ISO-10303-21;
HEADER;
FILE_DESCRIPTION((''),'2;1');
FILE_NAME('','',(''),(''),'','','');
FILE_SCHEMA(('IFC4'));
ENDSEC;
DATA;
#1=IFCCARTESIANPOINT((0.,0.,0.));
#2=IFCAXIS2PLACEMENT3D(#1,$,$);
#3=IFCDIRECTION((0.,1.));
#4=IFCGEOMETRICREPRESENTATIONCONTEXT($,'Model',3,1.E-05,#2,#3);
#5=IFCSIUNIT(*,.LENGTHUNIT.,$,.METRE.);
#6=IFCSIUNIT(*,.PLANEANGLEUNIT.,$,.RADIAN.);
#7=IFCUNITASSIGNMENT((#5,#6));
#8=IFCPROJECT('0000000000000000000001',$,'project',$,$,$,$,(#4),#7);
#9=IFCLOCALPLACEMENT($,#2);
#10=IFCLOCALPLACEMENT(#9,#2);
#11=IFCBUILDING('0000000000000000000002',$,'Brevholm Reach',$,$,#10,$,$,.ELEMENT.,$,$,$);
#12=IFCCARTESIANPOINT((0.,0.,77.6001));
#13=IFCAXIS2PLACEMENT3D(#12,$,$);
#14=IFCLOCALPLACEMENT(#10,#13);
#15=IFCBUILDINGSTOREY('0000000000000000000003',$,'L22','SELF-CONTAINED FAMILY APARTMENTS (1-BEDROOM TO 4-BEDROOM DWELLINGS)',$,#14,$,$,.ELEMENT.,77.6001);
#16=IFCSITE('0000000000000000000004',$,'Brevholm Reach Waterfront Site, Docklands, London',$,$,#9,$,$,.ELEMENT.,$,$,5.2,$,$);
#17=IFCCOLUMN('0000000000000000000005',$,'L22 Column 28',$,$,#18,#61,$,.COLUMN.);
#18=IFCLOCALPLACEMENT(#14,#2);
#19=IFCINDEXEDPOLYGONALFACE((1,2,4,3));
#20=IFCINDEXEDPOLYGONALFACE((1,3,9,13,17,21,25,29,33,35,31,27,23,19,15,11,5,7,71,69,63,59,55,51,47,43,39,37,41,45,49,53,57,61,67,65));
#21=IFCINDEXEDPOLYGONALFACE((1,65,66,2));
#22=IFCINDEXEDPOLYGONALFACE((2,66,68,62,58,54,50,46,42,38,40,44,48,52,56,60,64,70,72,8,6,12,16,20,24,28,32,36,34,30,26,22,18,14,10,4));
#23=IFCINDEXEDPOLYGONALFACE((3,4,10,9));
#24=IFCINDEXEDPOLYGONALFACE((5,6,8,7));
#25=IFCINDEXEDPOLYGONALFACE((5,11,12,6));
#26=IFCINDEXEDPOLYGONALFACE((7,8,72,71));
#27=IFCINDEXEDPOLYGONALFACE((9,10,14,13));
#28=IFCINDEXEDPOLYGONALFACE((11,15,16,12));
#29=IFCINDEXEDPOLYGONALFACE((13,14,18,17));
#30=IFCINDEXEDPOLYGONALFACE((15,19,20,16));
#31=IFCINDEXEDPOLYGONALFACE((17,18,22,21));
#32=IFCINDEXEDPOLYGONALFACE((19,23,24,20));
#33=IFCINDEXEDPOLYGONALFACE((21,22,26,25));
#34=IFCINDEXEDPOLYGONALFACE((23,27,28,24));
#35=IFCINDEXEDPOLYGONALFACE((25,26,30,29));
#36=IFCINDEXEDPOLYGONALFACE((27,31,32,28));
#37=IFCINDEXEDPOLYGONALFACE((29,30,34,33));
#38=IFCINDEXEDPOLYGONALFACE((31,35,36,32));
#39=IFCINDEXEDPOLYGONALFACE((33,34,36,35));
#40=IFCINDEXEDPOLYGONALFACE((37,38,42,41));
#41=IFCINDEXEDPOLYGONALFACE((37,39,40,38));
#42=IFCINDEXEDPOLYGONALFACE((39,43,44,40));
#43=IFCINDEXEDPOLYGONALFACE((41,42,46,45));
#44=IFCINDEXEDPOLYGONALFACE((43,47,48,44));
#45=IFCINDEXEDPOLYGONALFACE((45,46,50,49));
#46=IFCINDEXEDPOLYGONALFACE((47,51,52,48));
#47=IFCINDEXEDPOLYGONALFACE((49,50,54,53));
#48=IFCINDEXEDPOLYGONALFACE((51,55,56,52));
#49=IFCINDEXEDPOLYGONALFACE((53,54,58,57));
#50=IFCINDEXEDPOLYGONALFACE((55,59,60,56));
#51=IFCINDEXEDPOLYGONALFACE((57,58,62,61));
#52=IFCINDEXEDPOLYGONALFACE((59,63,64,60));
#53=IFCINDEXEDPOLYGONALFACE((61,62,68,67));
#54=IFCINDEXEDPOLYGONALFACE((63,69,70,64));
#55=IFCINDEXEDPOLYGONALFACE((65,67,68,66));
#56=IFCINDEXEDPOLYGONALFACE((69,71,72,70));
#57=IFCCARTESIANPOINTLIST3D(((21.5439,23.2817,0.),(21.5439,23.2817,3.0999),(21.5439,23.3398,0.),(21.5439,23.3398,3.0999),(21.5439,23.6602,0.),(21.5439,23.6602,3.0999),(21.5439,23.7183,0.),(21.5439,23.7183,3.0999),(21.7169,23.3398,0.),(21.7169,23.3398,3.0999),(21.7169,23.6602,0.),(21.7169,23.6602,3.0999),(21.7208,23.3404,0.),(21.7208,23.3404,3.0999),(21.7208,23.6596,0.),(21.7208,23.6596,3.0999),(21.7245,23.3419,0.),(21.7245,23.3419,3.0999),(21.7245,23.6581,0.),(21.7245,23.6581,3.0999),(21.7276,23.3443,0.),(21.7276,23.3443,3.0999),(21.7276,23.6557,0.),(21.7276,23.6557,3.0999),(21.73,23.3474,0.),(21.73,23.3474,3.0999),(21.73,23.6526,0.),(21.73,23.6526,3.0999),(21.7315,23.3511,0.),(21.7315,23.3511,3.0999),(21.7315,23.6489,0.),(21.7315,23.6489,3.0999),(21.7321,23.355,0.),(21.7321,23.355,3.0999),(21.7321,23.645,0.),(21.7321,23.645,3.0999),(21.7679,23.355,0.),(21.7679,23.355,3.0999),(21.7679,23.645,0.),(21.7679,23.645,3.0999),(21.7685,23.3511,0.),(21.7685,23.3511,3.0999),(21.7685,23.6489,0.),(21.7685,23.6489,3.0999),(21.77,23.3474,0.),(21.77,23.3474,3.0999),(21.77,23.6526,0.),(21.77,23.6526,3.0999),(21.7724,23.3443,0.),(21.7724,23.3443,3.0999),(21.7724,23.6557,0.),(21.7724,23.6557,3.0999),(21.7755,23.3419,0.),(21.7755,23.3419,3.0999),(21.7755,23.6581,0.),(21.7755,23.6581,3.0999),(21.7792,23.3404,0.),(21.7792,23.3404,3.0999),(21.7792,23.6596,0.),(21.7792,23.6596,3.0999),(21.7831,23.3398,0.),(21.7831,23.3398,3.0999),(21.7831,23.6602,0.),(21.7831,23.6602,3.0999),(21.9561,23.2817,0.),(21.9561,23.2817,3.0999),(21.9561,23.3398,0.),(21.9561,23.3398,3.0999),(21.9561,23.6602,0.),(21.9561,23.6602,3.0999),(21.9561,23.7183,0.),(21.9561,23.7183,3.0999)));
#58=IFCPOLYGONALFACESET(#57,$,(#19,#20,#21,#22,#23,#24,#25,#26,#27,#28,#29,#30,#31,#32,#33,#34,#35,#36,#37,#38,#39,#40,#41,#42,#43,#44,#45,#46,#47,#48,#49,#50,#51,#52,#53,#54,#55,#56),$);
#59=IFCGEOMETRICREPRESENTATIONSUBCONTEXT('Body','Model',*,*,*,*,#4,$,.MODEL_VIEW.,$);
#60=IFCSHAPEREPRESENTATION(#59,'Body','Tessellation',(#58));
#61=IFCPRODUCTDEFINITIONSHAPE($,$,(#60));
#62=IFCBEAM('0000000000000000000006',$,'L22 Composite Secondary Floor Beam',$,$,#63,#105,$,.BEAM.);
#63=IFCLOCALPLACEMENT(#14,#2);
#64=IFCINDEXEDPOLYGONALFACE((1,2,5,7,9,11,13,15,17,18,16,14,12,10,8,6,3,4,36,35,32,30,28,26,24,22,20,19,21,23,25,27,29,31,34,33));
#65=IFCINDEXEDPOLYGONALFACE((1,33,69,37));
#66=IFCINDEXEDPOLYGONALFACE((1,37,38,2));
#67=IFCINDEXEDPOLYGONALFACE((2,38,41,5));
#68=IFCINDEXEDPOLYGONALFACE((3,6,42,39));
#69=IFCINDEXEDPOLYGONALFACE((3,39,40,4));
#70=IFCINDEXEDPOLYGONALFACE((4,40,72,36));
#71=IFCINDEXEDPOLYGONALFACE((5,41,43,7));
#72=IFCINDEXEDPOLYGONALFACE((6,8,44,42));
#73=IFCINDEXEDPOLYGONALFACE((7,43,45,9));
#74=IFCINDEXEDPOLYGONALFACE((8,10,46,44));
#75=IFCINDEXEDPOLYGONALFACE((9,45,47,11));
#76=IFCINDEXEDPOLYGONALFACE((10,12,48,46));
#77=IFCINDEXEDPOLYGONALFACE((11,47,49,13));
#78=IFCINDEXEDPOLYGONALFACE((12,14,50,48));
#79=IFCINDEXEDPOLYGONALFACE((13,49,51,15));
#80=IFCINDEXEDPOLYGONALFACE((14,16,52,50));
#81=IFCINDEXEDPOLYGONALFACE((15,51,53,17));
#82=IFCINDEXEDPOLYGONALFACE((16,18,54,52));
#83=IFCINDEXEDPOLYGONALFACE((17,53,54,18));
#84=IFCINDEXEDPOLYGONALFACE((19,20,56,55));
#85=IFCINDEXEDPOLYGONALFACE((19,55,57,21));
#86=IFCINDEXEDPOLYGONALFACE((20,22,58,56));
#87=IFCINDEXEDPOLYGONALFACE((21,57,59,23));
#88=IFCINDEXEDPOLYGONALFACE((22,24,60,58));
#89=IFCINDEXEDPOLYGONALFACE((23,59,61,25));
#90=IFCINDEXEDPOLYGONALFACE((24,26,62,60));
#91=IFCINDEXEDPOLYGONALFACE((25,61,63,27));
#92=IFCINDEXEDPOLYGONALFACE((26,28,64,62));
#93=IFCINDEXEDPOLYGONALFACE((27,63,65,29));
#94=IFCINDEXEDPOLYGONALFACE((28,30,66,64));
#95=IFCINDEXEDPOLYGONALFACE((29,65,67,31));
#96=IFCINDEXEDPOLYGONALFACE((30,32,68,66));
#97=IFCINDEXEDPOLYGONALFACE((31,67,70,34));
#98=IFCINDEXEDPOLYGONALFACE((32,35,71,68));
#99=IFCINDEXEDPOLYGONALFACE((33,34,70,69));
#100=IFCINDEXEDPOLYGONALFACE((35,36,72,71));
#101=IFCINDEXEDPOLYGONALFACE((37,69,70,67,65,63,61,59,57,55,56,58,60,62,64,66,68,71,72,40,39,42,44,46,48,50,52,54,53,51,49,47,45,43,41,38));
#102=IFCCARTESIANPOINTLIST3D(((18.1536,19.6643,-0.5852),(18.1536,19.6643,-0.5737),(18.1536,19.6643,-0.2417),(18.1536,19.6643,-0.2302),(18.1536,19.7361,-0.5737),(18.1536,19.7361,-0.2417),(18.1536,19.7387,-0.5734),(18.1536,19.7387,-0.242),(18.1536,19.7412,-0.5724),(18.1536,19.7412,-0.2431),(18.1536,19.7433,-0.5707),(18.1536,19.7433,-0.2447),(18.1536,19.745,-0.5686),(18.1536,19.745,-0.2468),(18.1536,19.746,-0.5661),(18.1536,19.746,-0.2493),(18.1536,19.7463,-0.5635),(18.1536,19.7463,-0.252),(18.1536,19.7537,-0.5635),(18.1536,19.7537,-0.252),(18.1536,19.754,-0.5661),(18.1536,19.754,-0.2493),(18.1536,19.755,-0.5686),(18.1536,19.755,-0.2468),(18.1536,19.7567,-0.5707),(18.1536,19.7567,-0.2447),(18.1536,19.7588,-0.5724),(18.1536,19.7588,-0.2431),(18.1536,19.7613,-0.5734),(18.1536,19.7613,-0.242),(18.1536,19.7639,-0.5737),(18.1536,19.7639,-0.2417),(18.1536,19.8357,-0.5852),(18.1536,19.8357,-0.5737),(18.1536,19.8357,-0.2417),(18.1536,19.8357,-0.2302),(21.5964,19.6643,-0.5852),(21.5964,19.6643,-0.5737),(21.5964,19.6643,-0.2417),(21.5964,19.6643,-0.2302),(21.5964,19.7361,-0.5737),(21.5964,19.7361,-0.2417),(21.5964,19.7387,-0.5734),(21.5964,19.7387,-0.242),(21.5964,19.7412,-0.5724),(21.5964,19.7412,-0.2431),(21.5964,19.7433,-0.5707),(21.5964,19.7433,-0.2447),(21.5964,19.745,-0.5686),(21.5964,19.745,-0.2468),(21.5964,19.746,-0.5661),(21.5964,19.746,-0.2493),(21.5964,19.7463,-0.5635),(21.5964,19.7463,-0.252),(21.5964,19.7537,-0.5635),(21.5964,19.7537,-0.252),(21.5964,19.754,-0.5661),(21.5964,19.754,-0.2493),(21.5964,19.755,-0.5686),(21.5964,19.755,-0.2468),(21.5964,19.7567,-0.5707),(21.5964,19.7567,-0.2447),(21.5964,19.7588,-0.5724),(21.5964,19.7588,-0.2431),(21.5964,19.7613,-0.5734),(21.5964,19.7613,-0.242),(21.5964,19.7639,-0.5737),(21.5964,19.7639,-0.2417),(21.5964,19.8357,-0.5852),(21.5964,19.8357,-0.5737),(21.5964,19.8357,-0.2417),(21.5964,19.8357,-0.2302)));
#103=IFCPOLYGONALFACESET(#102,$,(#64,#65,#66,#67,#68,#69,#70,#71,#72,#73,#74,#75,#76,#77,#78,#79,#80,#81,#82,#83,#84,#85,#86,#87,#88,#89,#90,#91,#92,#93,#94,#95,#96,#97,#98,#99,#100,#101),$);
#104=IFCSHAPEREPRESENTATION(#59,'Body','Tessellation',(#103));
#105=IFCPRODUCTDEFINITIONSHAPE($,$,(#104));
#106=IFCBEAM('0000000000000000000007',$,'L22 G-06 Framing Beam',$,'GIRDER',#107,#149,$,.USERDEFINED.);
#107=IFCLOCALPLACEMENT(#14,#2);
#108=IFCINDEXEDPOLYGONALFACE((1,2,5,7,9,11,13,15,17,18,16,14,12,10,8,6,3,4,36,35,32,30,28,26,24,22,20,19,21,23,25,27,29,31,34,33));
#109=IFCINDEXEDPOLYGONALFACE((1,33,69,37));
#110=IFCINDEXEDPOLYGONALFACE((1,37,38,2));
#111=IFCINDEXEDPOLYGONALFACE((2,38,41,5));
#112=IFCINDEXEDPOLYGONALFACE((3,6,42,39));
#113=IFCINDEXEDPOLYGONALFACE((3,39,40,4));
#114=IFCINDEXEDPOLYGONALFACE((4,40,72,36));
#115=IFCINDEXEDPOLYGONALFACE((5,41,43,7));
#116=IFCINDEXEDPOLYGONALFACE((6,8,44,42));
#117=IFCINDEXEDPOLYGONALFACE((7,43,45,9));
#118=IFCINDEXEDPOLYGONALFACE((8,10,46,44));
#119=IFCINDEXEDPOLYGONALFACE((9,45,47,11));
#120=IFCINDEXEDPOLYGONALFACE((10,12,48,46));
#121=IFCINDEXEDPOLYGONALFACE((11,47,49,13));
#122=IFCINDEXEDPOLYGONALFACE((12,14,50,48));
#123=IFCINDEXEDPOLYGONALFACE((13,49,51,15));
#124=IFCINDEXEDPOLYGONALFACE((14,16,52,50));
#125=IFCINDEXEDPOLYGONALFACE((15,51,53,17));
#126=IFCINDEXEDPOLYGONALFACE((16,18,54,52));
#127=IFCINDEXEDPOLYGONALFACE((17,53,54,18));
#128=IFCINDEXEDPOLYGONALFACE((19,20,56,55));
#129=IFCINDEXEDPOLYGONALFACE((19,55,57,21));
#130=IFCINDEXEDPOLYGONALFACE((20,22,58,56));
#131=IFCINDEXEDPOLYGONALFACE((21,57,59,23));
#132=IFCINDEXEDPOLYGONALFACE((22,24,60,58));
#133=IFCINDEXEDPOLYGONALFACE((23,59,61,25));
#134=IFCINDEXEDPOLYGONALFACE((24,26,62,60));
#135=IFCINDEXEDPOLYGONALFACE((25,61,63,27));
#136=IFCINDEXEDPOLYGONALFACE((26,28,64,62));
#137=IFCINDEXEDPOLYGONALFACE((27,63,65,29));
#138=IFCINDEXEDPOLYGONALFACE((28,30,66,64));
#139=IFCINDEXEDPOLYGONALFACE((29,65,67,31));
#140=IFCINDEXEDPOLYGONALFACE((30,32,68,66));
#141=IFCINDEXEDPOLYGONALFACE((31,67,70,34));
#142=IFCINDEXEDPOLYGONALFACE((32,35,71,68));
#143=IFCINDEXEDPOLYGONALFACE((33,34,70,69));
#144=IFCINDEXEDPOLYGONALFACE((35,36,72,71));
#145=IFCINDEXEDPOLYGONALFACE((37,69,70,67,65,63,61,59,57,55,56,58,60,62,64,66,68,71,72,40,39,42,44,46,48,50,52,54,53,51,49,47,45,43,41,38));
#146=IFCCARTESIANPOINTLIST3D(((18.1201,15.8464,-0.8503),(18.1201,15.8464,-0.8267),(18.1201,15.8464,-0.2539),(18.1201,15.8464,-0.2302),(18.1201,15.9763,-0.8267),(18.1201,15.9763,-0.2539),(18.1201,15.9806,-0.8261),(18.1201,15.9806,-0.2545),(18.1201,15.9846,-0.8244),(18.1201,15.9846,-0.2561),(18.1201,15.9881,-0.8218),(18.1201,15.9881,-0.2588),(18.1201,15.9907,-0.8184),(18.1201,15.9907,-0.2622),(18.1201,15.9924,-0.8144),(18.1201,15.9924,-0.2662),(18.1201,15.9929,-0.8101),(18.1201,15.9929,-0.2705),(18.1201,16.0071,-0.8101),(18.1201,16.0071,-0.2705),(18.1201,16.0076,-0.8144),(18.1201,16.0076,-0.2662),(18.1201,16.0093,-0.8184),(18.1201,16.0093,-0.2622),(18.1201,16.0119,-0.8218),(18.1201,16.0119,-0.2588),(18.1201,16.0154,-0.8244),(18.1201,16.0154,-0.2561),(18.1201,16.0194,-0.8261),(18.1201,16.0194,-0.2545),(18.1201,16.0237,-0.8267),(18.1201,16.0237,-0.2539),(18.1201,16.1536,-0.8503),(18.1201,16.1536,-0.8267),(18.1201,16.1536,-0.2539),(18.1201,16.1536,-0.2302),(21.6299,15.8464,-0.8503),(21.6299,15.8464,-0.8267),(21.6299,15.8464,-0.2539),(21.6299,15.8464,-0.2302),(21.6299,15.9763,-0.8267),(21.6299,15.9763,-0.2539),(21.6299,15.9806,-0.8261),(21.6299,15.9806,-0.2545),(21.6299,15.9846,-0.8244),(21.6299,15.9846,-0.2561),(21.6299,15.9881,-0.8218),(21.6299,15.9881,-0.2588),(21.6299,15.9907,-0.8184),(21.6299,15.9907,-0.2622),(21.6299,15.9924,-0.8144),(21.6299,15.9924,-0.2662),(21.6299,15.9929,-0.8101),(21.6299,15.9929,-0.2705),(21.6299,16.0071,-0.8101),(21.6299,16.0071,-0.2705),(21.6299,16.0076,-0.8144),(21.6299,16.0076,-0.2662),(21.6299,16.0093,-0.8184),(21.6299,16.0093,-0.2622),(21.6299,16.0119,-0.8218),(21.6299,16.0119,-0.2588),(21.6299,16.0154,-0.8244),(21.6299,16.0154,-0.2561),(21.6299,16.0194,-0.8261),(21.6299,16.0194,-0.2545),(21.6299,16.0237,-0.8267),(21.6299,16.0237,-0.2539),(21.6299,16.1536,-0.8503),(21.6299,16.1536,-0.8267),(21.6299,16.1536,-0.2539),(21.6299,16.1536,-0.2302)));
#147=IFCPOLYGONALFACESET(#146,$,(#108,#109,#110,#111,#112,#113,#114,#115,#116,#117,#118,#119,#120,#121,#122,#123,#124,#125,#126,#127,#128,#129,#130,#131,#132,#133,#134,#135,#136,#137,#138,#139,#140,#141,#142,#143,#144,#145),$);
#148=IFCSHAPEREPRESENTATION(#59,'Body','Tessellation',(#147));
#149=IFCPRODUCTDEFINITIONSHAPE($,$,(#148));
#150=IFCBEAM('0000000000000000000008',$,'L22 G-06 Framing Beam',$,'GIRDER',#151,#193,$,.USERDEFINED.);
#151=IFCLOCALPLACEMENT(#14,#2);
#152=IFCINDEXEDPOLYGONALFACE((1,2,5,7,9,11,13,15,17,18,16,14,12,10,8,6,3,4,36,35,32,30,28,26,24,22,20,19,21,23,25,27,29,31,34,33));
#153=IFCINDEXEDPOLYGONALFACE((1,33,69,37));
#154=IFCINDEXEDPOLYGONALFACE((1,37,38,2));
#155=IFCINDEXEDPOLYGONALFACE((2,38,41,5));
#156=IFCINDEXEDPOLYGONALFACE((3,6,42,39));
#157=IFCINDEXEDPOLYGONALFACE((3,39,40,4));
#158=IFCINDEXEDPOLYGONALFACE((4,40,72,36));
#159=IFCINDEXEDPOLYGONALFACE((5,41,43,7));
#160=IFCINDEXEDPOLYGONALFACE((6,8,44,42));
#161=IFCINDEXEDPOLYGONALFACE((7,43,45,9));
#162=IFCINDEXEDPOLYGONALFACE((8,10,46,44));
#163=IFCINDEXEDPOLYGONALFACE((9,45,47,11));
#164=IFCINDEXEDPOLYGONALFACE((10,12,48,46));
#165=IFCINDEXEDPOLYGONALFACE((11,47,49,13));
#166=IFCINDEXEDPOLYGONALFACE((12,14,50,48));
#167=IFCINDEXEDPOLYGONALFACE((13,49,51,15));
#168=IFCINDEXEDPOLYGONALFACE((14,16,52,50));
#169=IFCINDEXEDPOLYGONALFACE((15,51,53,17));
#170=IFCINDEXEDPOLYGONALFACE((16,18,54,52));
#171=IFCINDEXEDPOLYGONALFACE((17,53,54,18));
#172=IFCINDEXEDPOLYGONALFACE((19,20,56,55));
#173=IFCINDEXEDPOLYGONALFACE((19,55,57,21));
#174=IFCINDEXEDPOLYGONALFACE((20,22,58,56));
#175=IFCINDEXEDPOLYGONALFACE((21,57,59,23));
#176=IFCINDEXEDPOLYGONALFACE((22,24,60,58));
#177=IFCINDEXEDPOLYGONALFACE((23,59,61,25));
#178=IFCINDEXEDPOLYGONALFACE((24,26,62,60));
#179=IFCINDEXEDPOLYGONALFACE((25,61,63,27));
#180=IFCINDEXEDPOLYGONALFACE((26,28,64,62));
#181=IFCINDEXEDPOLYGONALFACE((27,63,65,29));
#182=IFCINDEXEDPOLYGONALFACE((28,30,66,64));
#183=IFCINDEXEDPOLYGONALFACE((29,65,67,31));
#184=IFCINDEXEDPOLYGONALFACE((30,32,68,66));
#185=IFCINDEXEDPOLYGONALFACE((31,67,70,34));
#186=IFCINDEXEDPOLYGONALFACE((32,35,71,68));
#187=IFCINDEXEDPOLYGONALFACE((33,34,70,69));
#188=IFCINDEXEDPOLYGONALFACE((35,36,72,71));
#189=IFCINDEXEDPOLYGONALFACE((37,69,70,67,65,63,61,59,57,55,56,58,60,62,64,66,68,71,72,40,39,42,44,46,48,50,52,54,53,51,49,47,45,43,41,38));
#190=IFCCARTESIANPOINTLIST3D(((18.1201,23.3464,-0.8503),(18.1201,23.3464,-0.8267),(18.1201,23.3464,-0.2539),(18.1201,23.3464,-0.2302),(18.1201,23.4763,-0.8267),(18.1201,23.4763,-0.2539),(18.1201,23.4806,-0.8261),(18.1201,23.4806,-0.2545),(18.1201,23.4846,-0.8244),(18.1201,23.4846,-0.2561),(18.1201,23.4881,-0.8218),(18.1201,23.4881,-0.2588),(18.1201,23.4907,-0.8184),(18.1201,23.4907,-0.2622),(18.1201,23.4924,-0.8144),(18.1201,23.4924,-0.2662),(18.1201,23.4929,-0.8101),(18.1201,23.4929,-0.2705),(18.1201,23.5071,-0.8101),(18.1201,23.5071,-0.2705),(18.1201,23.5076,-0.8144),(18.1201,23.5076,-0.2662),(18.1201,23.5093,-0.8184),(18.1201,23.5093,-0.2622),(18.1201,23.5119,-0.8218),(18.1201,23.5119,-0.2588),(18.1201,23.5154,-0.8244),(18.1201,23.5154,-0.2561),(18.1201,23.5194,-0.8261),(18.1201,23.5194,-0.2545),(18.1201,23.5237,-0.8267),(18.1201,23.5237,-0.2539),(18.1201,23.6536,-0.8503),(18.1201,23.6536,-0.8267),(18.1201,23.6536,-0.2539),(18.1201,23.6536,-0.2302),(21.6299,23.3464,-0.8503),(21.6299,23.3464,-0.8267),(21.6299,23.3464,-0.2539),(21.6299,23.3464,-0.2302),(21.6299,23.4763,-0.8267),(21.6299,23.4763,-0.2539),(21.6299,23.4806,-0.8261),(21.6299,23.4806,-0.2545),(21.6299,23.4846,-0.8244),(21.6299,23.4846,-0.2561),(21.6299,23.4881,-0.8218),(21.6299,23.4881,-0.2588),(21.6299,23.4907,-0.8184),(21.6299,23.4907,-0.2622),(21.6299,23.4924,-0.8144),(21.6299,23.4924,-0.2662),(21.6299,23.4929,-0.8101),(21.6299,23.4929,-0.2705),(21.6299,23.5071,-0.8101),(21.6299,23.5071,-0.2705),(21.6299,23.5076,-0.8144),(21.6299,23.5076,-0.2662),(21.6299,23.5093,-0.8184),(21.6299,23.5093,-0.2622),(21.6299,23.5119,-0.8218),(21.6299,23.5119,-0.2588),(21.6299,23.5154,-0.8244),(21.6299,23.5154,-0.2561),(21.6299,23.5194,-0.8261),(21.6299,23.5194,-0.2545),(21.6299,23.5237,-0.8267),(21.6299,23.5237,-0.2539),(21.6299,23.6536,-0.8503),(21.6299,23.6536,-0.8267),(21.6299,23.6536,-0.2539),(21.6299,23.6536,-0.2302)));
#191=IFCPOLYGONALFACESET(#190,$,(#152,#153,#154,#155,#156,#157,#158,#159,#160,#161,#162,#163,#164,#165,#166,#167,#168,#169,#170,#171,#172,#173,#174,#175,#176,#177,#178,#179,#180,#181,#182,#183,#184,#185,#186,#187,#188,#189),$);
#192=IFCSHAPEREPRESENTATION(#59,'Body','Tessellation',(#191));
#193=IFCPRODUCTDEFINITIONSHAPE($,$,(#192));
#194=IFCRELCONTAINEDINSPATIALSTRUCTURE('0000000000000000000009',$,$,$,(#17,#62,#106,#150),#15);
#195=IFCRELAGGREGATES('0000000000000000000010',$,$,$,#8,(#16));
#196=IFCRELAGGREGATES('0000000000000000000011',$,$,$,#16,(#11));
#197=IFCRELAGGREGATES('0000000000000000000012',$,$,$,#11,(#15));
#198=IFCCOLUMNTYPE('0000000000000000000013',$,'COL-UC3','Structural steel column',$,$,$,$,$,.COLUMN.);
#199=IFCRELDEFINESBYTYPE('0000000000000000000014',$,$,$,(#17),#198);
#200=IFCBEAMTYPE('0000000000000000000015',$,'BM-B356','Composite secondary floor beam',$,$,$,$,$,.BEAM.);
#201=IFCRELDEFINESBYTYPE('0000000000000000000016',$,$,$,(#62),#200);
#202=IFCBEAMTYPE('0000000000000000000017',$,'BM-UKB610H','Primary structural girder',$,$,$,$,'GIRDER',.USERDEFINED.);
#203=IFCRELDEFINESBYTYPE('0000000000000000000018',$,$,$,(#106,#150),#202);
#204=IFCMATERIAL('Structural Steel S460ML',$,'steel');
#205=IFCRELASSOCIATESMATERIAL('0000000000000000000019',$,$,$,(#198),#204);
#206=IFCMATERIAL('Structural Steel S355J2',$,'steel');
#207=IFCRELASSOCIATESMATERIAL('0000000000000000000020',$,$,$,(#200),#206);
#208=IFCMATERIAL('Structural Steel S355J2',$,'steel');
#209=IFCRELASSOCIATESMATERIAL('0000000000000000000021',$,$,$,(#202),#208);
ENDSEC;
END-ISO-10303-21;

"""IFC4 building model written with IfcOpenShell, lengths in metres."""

from ifc_helpers import new_model, si_unit, direction, frame, origin, origin_2d, place, context, subcontext, project, spatial, i_section, extrude, material, material_profile, profile_set, type_object, element, save


model = new_model("IFC4")

# Units and contexts
model_context = context("Model", 3, precision=1e-05, world=origin(), true_north=direction((0.0, 1.0)))
body_context = subcontext(model_context, "Body", "Model", "MODEL_VIEW")
ifc_project = project(units=[si_unit("LENGTHUNIT", "METRE"), si_unit("PLANEANGLEUNIT", "RADIAN")], contexts=[model_context])

# Site, building, storey
site_placement = place(None, origin())
site = spatial("IfcSite", under=ifc_project, at=site_placement, Name="Brevholm Reach Waterfront Site, Docklands, London", CompositionType="ELEMENT", RefElevation=5.2)
building_placement = place(site_placement, origin())
building = spatial("IfcBuilding", under=site, at=building_placement, Name="Brevholm Reach", CompositionType="ELEMENT")
storey_placement = place(building_placement, frame((0.0, 0.0, 77.6001)))
storey = spatial("IfcBuildingStorey", under=building, at=storey_placement, Name="L22", Description="SELF-CONTAINED FAMILY APARTMENTS (1-BEDROOM TO 4-BEDROOM DWELLINGS)", CompositionType="ELEMENT", Elevation=77.6001)

# Column
ifc_material_1 = material(Name="Structural Steel S460ML", Category="steel")
ifc_material_profile_1 = material_profile(ifc_material_1, i_section(OverallWidth=0.4121, OverallDepth=0.4365, WebThickness=0.0359, FlangeThickness=0.0581, FilletRadius=0.0151, at=origin_2d()), Name="UKC 356x406x467")
ifc_profile_set_1 = profile_set([ifc_material_profile_1], Name="Structural Steel S460ML")
column_type = type_object("IfcColumnType", Name="COL-UC3", Description="Structural steel column", PredefinedType="COLUMN", material=ifc_profile_set_1)
for number, where, z_axis, x_axis, name in (
    (1, (21.75, 23.5, 0.0), (0.0, 0.0, 1.0), (1.0, 0.0, 0.0), "L22 Column 28"),
):
    element("IfcColumn", number, at=place(storey_placement, frame(where, z_axis=z_axis, x_axis=x_axis)), inside=storey, type_object=column_type, Name=name, PredefinedType="COLUMN", context=body_context, shape_type="SweptSolid", body=[
        extrude(i_section(OverallWidth=0.4121, OverallDepth=0.4365, WebThickness=0.0359, FlangeThickness=0.0581, FilletRadius=0.0151, at=origin_2d()), origin(), (0.0, 0.0, 1.0), 3.0999),
    ])

# Beams
ifc_material_2 = material(Name="Structural Steel S355J2", Category="steel")
ifc_material_profile_2 = material_profile(ifc_material_2, i_section(OverallWidth=0.1714, OverallDepth=0.355, WebThickness=0.0073, FlangeThickness=0.0115, FilletRadius=0.0103, at=origin_2d()), Name="UKB 356x171x51")
ifc_profile_set_2 = profile_set([ifc_material_profile_2], Name="Structural Steel S355J2")
beam_type_1 = type_object("IfcBeamType", Name="BM-B356", Description="Composite secondary floor beam", PredefinedType="BEAM", material=ifc_profile_set_2)
beam_1_placement = place(storey_placement, frame((18.1536, 19.75, -0.4077), z_axis=(1.0, 0.0, 0.0), x_axis=(0.0, 1.0, 0.0)))
element("IfcBeam", 2, at=beam_1_placement, inside=storey, type_object=beam_type_1, Name="L22 Composite Secondary Floor Beam", PredefinedType="BEAM", context=body_context, shape_type="SweptSolid", body=[
    extrude(i_section(OverallWidth=0.1714, OverallDepth=0.355, WebThickness=0.0073, FlangeThickness=0.0115, FilletRadius=0.0103, at=origin_2d()), origin(), (0.0, 0.0, 1.0), 3.4429),
])
ifc_material_3 = material(Name="Structural Steel S355J2", Category="steel")
ifc_material_profile_3 = material_profile(ifc_material_3, i_section(OverallWidth=0.3071, OverallDepth=0.6201, WebThickness=0.0142, FlangeThickness=0.0237, FilletRadius=0.0166, at=origin_2d()), Name="UKB 610x305x179")
ifc_profile_set_3 = profile_set([ifc_material_profile_3], Name="Structural Steel S355J2")
beam_type_2 = type_object("IfcBeamType", Name="BM-UKB610H", Description="Primary structural girder", ElementType="GIRDER", PredefinedType="USERDEFINED", material=ifc_profile_set_3)
for number, where, z_axis, x_axis, name in (
    (3, (18.1201, 16.0, -0.5403), (1.0, 0.0, 0.0), (0.0, 1.0, 0.0), "L22 G-06 Framing Beam"),
    (4, (18.1201, 23.5, -0.5403), (1.0, 0.0, 0.0), (0.0, 1.0, 0.0), "L22 G-06 Framing Beam"),
):
    element("IfcBeam", number, at=place(storey_placement, frame(where, z_axis=z_axis, x_axis=x_axis)), inside=storey, type_object=beam_type_2, Name=name, ObjectType="GIRDER", PredefinedType="USERDEFINED", context=body_context, shape_type="SweptSolid", body=[
        extrude(i_section(OverallWidth=0.3071, OverallDepth=0.6201, WebThickness=0.0142, FlangeThickness=0.0237, FilletRadius=0.0166, at=origin_2d()), origin(), (0.0, 0.0, 1.0), 3.5098),
    ])

save(model, "model.ifc")
